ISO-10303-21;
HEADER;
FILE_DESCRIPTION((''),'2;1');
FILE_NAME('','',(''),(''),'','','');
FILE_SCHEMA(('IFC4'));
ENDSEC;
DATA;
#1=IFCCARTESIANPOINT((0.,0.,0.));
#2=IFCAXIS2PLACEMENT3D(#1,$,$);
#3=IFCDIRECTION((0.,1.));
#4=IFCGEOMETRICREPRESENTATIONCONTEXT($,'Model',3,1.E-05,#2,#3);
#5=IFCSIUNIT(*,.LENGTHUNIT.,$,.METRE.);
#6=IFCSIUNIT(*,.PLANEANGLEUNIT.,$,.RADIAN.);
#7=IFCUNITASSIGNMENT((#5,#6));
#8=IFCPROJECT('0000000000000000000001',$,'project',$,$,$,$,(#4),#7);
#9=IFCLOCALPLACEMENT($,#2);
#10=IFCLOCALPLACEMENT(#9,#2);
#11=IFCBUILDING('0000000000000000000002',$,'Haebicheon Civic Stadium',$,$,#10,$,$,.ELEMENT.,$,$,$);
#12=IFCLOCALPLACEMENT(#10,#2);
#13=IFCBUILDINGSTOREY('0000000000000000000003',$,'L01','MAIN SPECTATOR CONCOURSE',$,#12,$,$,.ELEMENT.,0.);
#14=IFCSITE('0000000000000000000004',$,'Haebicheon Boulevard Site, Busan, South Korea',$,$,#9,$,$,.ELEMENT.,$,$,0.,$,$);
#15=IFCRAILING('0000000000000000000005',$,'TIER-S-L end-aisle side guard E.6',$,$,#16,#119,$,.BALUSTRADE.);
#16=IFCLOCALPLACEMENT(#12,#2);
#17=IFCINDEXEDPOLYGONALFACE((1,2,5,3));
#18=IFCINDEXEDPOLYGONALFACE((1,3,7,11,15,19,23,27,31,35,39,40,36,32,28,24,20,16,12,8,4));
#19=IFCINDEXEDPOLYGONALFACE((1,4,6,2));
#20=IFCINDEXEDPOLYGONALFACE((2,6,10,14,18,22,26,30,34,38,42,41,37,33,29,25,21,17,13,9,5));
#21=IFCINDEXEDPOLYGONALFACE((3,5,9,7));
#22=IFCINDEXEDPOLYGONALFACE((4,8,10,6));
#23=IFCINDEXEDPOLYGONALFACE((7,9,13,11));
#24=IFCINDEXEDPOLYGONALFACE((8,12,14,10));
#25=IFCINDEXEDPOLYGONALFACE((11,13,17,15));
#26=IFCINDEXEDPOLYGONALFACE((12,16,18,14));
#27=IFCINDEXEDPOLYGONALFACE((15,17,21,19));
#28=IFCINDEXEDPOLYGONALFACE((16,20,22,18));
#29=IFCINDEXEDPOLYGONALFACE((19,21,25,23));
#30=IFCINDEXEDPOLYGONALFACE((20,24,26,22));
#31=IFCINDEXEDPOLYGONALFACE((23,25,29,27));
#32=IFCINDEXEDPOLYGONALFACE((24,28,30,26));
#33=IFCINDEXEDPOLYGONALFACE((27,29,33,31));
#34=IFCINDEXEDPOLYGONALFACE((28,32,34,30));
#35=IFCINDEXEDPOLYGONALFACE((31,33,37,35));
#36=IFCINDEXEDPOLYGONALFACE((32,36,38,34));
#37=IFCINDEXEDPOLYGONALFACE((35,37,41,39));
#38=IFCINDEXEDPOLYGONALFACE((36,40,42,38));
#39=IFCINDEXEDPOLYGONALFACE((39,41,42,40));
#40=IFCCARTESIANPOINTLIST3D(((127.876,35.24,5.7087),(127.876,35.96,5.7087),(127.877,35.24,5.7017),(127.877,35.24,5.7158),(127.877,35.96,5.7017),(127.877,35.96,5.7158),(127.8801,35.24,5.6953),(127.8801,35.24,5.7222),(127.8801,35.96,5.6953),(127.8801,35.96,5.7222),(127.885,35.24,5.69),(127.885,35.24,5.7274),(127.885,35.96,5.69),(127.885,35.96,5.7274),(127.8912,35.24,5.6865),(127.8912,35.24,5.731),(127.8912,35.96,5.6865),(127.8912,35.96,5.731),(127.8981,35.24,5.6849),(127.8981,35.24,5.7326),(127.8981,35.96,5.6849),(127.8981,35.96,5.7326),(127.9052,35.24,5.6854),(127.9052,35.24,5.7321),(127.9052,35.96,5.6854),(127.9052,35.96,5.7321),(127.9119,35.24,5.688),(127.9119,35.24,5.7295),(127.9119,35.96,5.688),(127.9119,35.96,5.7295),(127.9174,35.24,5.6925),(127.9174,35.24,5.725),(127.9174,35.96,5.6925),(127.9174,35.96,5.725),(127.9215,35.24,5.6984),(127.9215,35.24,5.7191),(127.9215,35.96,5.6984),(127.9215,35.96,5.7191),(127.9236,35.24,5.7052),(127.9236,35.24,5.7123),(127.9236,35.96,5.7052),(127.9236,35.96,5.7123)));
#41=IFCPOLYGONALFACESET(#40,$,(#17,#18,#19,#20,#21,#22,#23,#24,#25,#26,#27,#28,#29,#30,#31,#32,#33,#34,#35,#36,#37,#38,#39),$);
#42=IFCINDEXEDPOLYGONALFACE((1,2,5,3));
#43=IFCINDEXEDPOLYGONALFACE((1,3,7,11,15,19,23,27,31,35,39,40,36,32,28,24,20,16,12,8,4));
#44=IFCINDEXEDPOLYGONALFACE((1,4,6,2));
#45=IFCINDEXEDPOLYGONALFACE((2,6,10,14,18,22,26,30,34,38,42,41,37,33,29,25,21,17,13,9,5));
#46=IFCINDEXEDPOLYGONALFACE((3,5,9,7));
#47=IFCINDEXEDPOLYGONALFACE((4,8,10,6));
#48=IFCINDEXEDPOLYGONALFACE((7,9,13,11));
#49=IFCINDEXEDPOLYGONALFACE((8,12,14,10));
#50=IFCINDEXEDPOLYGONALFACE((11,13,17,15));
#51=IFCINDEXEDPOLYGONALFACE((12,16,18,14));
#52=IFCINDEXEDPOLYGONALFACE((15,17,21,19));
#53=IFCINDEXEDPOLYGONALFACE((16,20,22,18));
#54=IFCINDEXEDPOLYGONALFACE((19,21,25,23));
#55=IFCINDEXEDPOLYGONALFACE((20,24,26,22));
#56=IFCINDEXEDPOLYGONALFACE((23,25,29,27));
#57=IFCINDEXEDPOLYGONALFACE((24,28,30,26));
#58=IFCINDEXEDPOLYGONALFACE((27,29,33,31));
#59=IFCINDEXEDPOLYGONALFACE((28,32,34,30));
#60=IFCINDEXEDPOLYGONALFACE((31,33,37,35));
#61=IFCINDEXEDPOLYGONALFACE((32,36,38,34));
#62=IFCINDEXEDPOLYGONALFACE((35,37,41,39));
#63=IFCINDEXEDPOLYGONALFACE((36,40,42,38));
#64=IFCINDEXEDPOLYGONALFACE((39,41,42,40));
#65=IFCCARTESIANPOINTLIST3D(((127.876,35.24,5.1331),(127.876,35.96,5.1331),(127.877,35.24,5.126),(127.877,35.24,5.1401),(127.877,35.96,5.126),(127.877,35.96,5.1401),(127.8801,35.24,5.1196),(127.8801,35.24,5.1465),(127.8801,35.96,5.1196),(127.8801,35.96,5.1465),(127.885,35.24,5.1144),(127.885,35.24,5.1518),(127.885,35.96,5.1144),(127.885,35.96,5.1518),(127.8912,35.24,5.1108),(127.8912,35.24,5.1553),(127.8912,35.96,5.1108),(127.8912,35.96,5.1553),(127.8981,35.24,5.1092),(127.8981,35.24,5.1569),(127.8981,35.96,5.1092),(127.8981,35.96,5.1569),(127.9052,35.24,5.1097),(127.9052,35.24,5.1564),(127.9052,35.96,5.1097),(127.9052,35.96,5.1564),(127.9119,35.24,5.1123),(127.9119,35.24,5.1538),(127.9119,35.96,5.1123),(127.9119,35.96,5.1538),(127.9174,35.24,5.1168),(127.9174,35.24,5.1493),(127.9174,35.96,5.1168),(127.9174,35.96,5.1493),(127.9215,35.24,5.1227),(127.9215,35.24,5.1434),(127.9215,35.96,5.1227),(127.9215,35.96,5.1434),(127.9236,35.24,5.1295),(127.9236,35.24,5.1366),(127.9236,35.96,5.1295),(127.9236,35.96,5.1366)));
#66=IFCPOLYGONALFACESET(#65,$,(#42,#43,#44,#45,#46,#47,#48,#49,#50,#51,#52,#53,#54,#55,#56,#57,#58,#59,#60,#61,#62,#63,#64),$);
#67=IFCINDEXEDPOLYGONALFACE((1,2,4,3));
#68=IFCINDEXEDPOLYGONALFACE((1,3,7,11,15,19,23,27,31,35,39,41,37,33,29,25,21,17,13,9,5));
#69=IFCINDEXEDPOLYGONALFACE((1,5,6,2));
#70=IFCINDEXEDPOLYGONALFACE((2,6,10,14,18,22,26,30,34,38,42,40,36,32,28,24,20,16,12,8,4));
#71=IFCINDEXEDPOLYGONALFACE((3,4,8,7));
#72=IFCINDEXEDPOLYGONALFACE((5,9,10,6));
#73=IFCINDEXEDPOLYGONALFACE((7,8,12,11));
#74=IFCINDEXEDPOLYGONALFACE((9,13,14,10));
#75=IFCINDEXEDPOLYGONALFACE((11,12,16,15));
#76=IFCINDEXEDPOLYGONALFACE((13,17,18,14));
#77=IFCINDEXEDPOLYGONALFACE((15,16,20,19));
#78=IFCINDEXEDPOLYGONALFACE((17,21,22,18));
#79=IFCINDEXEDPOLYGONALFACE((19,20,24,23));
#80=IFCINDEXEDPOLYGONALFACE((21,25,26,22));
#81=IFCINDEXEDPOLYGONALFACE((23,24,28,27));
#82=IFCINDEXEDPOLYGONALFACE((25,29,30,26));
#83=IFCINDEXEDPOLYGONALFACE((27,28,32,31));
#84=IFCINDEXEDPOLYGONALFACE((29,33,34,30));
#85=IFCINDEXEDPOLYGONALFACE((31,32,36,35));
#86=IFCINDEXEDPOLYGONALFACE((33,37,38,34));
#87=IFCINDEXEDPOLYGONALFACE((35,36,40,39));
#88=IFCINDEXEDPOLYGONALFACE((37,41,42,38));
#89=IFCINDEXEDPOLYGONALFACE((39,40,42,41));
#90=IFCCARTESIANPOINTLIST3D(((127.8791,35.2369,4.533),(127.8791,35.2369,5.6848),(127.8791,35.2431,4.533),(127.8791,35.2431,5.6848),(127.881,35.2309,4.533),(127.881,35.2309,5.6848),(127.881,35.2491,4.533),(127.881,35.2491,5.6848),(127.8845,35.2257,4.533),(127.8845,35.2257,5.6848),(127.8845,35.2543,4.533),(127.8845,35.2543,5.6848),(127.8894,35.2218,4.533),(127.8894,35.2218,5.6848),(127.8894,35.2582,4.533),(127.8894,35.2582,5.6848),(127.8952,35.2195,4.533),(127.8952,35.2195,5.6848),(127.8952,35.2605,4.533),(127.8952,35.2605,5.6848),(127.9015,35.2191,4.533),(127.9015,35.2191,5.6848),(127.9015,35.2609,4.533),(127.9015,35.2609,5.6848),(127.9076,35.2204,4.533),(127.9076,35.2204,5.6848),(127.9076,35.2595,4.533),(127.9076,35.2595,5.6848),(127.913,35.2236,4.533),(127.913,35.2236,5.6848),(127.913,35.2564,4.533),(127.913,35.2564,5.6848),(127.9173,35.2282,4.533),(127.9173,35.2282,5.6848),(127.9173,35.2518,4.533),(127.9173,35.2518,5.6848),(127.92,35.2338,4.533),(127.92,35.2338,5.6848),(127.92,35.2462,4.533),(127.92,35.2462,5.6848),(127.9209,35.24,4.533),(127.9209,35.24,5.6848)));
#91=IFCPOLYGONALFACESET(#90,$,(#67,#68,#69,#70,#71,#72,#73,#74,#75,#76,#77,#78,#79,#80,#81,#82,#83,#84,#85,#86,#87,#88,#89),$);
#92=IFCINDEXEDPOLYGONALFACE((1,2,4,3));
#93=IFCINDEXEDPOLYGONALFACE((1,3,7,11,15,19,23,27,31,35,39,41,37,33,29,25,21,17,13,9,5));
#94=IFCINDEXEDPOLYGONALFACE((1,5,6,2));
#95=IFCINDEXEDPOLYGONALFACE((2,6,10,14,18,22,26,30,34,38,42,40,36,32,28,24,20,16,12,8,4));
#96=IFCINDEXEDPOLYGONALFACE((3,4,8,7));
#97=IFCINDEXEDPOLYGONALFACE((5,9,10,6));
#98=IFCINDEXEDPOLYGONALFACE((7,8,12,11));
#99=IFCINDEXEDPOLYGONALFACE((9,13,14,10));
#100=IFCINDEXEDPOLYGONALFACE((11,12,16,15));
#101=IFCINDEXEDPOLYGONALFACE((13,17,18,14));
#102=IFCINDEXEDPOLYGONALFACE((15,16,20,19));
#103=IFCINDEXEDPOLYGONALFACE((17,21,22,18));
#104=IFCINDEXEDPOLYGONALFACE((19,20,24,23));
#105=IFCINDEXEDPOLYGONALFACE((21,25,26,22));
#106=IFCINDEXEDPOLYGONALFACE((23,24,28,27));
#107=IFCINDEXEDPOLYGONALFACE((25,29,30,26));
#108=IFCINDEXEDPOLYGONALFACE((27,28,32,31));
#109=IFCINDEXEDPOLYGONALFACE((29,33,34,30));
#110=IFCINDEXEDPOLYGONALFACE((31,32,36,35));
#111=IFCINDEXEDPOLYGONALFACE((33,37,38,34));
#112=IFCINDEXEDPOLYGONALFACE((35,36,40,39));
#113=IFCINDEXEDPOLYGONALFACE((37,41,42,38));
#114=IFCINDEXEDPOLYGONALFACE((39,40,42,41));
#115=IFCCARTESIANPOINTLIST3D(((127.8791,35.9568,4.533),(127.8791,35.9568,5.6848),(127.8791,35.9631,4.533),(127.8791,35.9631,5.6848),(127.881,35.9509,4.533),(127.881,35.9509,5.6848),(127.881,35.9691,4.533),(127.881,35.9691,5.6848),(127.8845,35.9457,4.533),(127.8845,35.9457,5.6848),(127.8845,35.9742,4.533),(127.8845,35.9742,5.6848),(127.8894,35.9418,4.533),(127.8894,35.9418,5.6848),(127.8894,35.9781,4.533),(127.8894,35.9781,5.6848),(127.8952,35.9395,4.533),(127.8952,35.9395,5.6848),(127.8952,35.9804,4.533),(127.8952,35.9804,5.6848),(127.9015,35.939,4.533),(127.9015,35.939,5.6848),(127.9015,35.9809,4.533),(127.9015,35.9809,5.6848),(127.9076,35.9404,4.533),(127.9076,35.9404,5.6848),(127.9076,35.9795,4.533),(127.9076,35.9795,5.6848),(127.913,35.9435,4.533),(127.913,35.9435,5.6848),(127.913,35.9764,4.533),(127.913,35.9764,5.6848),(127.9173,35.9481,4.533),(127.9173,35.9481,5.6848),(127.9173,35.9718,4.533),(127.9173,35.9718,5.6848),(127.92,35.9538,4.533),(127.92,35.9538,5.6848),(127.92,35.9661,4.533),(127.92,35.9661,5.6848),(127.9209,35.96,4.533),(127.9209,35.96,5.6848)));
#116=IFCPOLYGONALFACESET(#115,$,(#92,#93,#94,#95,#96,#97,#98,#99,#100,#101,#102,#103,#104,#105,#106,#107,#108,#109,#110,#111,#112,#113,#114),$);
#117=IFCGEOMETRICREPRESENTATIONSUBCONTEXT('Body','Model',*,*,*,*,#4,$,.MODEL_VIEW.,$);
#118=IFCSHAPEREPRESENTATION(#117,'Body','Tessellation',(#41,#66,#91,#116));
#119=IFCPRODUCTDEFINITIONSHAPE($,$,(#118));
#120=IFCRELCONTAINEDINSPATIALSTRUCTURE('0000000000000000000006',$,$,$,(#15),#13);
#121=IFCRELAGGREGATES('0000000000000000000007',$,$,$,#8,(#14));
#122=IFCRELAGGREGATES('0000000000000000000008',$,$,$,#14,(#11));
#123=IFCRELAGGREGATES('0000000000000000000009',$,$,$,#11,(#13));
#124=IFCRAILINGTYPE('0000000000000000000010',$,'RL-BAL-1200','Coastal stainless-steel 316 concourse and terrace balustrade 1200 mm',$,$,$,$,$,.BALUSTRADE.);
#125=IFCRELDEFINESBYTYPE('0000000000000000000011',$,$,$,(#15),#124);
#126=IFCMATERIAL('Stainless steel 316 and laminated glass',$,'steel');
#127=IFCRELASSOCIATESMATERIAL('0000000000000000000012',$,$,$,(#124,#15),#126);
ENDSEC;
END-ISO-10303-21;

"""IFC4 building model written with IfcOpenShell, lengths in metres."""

from ifc_helpers import new_model, si_unit, direction, frame, origin, origin_2d, place, context, subcontext, project, spatial, circle, extrude, material, type_object, element, save


model = new_model("IFC4")

# Units and contexts
model_context = context("Model", 3, precision=1e-05, world=origin(), true_north=direction((0.0, 1.0)))
body_context = subcontext(model_context, "Body", "Model", "MODEL_VIEW")
ifc_project = project(units=[si_unit("LENGTHUNIT", "METRE"), si_unit("PLANEANGLEUNIT", "RADIAN")], contexts=[model_context])

# Site, building, storey
site_placement = place(None, origin())
site = spatial("IfcSite", under=ifc_project, at=site_placement, Name="Haebicheon Boulevard Site, Busan, South Korea", CompositionType="ELEMENT", RefElevation=0.0)
building_placement = place(site_placement, origin())
building = spatial("IfcBuilding", under=site, at=building_placement, Name="Haebicheon Civic Stadium", CompositionType="ELEMENT")
storey_placement = place(building_placement, origin())
storey = spatial("IfcBuildingStorey", under=building, at=storey_placement, Name="L01", Description="MAIN SPECTATOR CONCOURSE", CompositionType="ELEMENT", Elevation=0.0)

# Railing
ifc_material_1 = material(Name="Stainless steel 316 and laminated glass", Category="steel")
railing_type = type_object("IfcRailingType", Name="RL-BAL-1200", Description="Coastal stainless-steel 316 concourse and terrace balustrade 1200 mm", PredefinedType="BALUSTRADE", material=ifc_material_1)
for number, where, name in (
    (1, (127.8999, 35.24, 4.533), "TIER-S-L end-aisle side guard E.6"),
):
    element("IfcRailing", number, at=place(storey_placement, frame(where)), inside=storey, type_object=railing_type, material=ifc_material_1, Name=name, PredefinedType="BALUSTRADE", context=body_context, shape_type="SweptSolid", body=[
        extrude(circle(Radius=0.0239, at=origin_2d()), frame((0.0, 0.0, 1.1758), z_axis=(0.0, 1.0, 0.0), x_axis=(-1.0, 0.0, 0.0)), (0.0, 0.0, 1.0), 0.72),
        extrude(circle(Radius=0.0239, at=origin_2d()), frame((0.0, 0.0, 0.6001), z_axis=(0.0, 1.0, 0.0), x_axis=(-1.0, 0.0, 0.0)), (0.0, 0.0, 1.0), 0.72),
        extrude(circle(Radius=0.021, at=origin_2d()), origin(), (0.0, 0.0, 1.0), 1.1519),
        extrude(circle(Radius=0.021, at=origin_2d()), frame((0.0, 0.72, 0.0)), (0.0, 0.0, 1.0), 1.1519),
    ])

save(model, "model.ifc")
